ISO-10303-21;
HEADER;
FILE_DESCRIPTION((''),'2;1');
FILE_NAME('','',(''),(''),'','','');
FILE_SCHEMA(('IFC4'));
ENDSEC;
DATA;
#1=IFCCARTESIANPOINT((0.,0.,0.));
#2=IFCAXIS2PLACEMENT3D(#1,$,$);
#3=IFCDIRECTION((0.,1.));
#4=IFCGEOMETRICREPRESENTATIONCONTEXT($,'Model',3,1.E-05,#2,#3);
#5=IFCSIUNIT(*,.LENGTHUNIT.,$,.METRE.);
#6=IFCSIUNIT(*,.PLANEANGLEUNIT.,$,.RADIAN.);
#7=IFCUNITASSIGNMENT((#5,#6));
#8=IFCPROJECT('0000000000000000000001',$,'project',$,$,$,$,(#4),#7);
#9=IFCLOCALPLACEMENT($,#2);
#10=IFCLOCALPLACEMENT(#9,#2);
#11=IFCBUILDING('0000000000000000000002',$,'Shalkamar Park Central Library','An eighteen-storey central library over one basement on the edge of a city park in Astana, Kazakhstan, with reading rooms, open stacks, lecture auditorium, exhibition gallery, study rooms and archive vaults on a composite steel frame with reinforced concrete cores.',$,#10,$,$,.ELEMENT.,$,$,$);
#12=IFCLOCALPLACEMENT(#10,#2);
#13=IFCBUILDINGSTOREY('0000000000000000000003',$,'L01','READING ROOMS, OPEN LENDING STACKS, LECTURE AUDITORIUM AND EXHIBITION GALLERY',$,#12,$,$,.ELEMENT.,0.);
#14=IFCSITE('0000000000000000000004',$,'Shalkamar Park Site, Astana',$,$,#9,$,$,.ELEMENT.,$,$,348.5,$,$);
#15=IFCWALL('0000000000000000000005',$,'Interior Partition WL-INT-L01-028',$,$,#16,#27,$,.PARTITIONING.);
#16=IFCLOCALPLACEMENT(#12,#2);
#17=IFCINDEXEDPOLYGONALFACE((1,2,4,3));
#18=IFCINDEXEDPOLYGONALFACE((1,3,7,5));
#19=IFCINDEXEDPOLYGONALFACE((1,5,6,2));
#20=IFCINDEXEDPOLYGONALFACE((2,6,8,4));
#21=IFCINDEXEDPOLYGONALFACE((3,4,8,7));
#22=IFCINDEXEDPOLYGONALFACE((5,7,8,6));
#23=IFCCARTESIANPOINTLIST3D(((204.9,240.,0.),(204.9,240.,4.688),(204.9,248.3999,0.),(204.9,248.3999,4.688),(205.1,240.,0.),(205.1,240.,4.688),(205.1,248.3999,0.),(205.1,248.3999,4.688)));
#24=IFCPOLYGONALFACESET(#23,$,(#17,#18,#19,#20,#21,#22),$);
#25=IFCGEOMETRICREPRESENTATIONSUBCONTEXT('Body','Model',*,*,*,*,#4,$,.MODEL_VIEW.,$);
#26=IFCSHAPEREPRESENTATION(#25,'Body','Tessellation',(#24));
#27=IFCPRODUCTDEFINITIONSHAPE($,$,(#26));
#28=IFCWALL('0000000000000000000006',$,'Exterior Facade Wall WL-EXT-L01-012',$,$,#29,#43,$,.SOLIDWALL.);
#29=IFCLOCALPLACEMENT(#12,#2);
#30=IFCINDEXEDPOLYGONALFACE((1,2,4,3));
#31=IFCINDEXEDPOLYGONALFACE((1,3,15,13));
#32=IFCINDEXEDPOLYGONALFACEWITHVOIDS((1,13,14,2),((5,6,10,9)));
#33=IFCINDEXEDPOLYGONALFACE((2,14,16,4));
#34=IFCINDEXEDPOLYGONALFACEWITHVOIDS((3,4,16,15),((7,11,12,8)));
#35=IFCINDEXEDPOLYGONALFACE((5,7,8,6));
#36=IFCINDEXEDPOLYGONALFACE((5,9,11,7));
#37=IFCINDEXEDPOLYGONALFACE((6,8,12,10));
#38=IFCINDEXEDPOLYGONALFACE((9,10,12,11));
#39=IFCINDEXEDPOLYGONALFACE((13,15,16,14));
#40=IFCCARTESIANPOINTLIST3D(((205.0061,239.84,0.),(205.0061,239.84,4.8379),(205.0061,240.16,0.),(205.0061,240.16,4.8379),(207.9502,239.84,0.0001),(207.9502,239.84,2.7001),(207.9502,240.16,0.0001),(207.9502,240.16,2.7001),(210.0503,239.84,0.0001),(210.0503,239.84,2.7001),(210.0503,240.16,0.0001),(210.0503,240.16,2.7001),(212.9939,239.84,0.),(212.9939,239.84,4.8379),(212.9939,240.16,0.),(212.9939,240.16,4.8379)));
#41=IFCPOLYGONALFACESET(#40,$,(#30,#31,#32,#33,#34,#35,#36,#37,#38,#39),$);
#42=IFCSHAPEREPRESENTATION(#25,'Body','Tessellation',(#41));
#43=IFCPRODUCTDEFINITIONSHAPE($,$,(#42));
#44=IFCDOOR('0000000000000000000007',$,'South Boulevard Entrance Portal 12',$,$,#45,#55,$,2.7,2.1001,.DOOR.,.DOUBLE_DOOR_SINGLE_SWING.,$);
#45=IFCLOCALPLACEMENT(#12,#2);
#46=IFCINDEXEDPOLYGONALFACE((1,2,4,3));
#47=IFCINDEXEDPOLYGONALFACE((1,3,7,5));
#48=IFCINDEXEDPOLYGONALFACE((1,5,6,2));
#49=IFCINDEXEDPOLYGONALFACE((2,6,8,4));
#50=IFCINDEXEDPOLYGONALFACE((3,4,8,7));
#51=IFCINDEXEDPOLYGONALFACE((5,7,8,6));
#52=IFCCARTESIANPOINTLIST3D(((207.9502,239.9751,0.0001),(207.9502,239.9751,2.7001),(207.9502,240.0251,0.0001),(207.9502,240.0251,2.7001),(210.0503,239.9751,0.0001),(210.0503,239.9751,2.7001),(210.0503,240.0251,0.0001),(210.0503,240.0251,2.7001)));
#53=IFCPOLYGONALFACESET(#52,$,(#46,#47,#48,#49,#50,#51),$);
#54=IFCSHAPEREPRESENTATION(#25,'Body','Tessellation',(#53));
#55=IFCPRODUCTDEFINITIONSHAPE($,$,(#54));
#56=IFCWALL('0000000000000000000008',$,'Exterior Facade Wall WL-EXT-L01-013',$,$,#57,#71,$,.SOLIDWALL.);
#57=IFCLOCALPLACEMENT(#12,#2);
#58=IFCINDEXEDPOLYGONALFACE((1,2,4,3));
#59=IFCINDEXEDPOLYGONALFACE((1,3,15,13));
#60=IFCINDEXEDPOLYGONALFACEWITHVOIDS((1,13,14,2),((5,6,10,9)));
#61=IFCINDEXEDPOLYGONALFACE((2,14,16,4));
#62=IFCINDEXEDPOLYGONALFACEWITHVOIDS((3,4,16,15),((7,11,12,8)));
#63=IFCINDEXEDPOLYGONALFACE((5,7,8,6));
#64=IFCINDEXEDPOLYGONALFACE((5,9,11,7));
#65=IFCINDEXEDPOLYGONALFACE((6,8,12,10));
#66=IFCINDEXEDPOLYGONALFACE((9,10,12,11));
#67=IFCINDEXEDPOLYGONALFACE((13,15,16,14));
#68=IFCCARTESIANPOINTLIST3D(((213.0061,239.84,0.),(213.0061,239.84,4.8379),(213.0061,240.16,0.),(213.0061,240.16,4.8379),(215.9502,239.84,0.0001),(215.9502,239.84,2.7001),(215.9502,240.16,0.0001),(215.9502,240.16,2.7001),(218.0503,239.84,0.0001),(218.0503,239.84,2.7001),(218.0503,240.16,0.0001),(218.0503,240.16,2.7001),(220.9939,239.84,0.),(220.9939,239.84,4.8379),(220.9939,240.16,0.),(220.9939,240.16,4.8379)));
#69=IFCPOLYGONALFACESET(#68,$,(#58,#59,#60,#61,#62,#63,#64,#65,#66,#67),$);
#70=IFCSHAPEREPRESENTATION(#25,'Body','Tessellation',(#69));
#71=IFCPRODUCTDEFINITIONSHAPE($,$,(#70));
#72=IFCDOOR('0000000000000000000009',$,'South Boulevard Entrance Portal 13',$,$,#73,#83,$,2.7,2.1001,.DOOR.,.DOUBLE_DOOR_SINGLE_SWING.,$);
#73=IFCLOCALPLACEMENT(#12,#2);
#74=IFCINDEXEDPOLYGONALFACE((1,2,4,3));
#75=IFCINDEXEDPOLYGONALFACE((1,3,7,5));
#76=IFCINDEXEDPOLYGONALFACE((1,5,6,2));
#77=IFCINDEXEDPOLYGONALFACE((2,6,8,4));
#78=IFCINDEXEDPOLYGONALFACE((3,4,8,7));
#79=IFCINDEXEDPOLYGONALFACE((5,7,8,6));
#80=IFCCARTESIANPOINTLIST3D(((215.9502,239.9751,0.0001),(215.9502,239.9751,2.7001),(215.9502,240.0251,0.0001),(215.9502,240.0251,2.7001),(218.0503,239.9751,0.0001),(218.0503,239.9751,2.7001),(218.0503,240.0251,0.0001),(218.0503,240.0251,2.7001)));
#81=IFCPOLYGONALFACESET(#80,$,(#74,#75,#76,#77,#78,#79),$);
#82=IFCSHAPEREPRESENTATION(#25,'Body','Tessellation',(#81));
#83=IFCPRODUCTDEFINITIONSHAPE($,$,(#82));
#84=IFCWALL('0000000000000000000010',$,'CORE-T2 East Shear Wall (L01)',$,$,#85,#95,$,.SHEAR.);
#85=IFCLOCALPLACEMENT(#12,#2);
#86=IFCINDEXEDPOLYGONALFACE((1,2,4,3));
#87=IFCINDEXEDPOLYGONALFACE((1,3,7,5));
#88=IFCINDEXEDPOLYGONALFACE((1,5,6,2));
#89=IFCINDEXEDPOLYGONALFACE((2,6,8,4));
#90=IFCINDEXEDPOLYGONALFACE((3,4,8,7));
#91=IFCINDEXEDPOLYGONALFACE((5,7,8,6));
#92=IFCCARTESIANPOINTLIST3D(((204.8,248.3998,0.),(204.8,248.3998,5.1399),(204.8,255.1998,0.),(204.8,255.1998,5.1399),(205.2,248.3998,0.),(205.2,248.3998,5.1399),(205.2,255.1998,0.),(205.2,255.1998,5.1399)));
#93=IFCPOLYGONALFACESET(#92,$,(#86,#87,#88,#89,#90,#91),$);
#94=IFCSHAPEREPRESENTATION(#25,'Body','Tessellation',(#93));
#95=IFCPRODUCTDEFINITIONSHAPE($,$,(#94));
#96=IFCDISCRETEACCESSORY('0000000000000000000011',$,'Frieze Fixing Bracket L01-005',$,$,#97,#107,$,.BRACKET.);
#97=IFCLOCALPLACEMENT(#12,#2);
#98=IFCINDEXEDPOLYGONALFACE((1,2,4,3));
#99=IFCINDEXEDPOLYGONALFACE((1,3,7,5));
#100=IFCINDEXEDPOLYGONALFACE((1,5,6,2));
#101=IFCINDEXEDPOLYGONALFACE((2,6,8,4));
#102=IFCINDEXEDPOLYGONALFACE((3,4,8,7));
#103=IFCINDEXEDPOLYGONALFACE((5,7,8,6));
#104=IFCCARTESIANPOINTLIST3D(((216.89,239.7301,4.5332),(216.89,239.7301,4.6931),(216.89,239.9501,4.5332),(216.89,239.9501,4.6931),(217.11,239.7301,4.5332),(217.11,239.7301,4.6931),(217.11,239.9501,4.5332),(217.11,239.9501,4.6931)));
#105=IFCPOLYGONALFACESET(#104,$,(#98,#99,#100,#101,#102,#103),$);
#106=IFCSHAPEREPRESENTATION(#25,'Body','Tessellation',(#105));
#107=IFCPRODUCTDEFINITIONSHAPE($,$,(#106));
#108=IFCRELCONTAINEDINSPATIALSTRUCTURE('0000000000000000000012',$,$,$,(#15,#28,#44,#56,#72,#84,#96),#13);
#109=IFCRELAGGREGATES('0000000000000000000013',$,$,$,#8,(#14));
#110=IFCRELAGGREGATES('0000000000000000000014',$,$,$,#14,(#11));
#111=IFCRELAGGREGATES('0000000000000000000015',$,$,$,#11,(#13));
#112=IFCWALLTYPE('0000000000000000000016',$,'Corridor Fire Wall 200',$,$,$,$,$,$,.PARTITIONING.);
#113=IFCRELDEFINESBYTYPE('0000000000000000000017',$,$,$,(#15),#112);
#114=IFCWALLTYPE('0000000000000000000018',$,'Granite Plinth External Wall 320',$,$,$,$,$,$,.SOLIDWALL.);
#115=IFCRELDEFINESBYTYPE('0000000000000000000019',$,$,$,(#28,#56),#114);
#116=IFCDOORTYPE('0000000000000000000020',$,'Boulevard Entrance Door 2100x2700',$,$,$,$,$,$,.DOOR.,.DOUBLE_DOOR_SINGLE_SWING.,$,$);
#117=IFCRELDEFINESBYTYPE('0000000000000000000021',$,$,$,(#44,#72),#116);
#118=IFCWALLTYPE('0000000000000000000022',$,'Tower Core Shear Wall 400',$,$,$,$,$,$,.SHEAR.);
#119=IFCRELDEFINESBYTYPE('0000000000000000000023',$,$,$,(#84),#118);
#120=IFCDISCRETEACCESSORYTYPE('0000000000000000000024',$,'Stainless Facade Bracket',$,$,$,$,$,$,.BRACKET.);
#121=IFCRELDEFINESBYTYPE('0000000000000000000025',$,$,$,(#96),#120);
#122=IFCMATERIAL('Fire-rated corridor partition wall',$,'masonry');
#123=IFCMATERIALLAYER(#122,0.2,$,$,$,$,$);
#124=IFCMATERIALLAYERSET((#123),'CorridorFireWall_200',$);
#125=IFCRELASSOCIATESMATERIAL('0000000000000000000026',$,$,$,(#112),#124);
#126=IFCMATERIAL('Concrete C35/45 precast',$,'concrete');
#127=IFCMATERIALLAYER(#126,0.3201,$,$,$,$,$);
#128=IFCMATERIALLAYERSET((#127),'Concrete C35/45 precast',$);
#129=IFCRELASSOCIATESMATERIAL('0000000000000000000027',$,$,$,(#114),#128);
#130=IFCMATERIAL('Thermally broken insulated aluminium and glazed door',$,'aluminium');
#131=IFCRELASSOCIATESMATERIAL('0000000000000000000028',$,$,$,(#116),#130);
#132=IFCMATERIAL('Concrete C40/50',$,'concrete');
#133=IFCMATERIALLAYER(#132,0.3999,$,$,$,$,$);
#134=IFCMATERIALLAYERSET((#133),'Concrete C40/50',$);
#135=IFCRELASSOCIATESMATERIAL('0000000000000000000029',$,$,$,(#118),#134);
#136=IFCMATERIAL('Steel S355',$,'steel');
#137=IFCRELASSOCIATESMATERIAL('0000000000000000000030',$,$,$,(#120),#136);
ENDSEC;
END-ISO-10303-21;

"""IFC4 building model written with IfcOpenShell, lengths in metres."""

from ifc_helpers import new_model, si_unit, direction, frame, frame_2d, origin, origin_2d, place, context, subcontext, project, spatial, rectangle, extrude, material, layer, layer_set, type_object, element, fill, save


model = new_model("IFC4")

# Units and contexts
model_context = context("Model", 3, precision=1e-05, world=origin(), true_north=direction((0.0, 1.0)))
body_context = subcontext(model_context, "Body", "Model", "MODEL_VIEW")
ifc_project = project(units=[si_unit("LENGTHUNIT", "METRE"), si_unit("PLANEANGLEUNIT", "RADIAN")], contexts=[model_context])

# Site, building, storey
site_placement = place(None, origin())
site = spatial("IfcSite", under=ifc_project, at=site_placement, Name="Shalkamar Park Site, Astana", CompositionType="ELEMENT", RefElevation=348.5)
building_placement = place(site_placement, origin())
building = spatial("IfcBuilding", under=site, at=building_placement, Name="Shalkamar Park Central Library", Description="An eighteen-storey central library over one basement on the edge of a city park in Astana, Kazakhstan, with reading rooms, open stacks, lecture auditorium, exhibition gallery, study rooms and archive vaults on a composite steel frame with reinforced concrete cores.", CompositionType="ELEMENT")
storey_placement = place(building_placement, origin())
storey = spatial("IfcBuildingStorey", under=building, at=storey_placement, Name="L01", Description="READING ROOMS, OPEN LENDING STACKS, LECTURE AUDITORIUM AND EXHIBITION GALLERY", CompositionType="ELEMENT", Elevation=0.0)

# Shared definitions
ifc_material_1 = material(Name="Steel S355", Category="steel")

# Wall
ifc_material_2 = material(Name="Fire-rated corridor partition wall", Category="masonry")
ifc_layer_1 = layer(ifc_material_2, 0.2)
ifc_layer_set_1 = layer_set([ifc_layer_1], Name="CorridorFireWall_200")
wall_type_1 = type_object("IfcWallType", Name="Corridor Fire Wall 200", PredefinedType="PARTITIONING", material=ifc_layer_set_1)
wall_1_placement = place(storey_placement, frame((205.0, 240.0, 0.0), z_axis=(0.0, 0.0, 1.0), x_axis=(0.0, 1.0, 0.0)))
element("IfcWall", 1, at=wall_1_placement, inside=storey, type_object=wall_type_1, Name="Interior Partition WL-INT-L01-028", PredefinedType="PARTITIONING", context=body_context, shape_type="SweptSolid", body=[
    extrude(rectangle(XDim=8.3999, YDim=0.2, at=frame_2d((4.2, 0.0))), origin(), (0.0, 0.0, 1.0), 4.688),
])

# Walls, openings, doors
ifc_material_3 = material(Name="Concrete C35/45 precast", Category="concrete")
ifc_layer_2 = layer(ifc_material_3, 0.3201)
ifc_layer_set_2 = layer_set([ifc_layer_2], Name="Concrete C35/45 precast")
wall_type_2 = type_object("IfcWallType", Name="Granite Plinth External Wall 320", PredefinedType="SOLIDWALL", material=ifc_layer_set_2)
wall_2_placement = place(storey_placement, frame((205.0061, 240.0, 0.0), z_axis=(0.0, 0.0, 1.0), x_axis=(1.0, 0.0, 0.0)))
wall_2 = element("IfcWall", 2, at=wall_2_placement, inside=storey, type_object=wall_type_2, Name="Exterior Facade Wall WL-EXT-L01-012", PredefinedType="SOLIDWALL", context=body_context, shape_type="SweptSolid", body=[
    extrude(rectangle(XDim=7.9878, YDim=0.3201, at=frame_2d((3.9939, 0.0))), origin(), (0.0, 0.0, 1.0), 4.8379),
])
opening_1_placement = place(wall_2_placement, frame((2.9441, 0.0, 0.0)))
opening_1 = element("IfcOpeningElement", 3, at=opening_1_placement, cuts=wall_2, PredefinedType="OPENING", context=body_context, shape_type="SweptSolid", body=[
    extrude(rectangle(XDim=2.1001, YDim=2.7, at=frame_2d((1.05, 1.3501))), frame((0.0, 0.1748, 0.0), z_axis=(0.0, -1.0, 0.0), x_axis=(1.0, 0.0, 0.0)), (0.0, 0.0, 1.0), 0.3499),
])
ifc_material_4 = material(Name="Thermally broken insulated aluminium and glazed door", Category="aluminium")
door_type = type_object("IfcDoorType", Name="Boulevard Entrance Door 2100x2700", OperationType="DOUBLE_DOOR_SINGLE_SWING", PredefinedType="DOOR", material=ifc_material_4)
door_1_placement = place(opening_1_placement, frame((2.1001, 0.0, 0.0), z_axis=(0.0, 0.0, 1.0), x_axis=(-1.0, 0.0, 0.0)))
door_1 = element("IfcDoor", 4, at=door_1_placement, inside=storey, type_object=door_type, Name="South Boulevard Entrance Portal 12", OperationType="DOUBLE_DOOR_SINGLE_SWING", OverallHeight=2.7, OverallWidth=2.1001, PredefinedType="DOOR", context=body_context, shape_type="SweptSolid", body=[
    extrude(rectangle(XDim=2.1001, YDim=2.7, at=frame_2d((1.05, 1.3501))), frame((0.0, 0.0249, 0.0), z_axis=(0.0, -1.0, 0.0), x_axis=(1.0, 0.0, 0.0)), (0.0, 0.0, 1.0), 0.05),
])
fill(opening_1, door_1)
wall_3_placement = place(storey_placement, frame((213.0061, 240.0, 0.0), z_axis=(0.0, 0.0, 1.0), x_axis=(1.0, 0.0, 0.0)))
wall_3 = element("IfcWall", 5, at=wall_3_placement, inside=storey, type_object=wall_type_2, Name="Exterior Facade Wall WL-EXT-L01-013", PredefinedType="SOLIDWALL", context=body_context, shape_type="SweptSolid", body=[
    extrude(rectangle(XDim=7.9878, YDim=0.3201, at=frame_2d((3.9939, 0.0))), origin(), (0.0, 0.0, 1.0), 4.8379),
])
opening_2_placement = place(wall_3_placement, frame((2.9441, 0.0, 0.0)))
opening_2 = element("IfcOpeningElement", 6, at=opening_2_placement, cuts=wall_3, PredefinedType="OPENING", context=body_context, shape_type="SweptSolid", body=[
    extrude(rectangle(XDim=2.1001, YDim=2.7, at=frame_2d((1.05, 1.3501))), frame((0.0, 0.1748, 0.0), z_axis=(0.0, -1.0, 0.0), x_axis=(1.0, 0.0, 0.0)), (0.0, 0.0, 1.0), 0.3499),
])
door_2_placement = place(opening_2_placement, frame((2.1001, 0.0, 0.0), z_axis=(0.0, 0.0, 1.0), x_axis=(-1.0, 0.0, 0.0)))
door_2 = element("IfcDoor", 7, at=door_2_placement, inside=storey, type_object=door_type, Name="South Boulevard Entrance Portal 13", OperationType="DOUBLE_DOOR_SINGLE_SWING", OverallHeight=2.7, OverallWidth=2.1001, PredefinedType="DOOR", context=body_context, shape_type="SweptSolid", body=[
    extrude(rectangle(XDim=2.1001, YDim=2.7, at=frame_2d((1.05, 1.3501))), frame((0.0, 0.0249, 0.0), z_axis=(0.0, -1.0, 0.0), x_axis=(1.0, 0.0, 0.0)), (0.0, 0.0, 1.0), 0.05),
])
fill(opening_2, door_2)

# Wall
ifc_material_5 = material(Name="Concrete C40/50", Category="concrete")
ifc_layer_3 = layer(ifc_material_5, 0.3999)
ifc_layer_set_3 = layer_set([ifc_layer_3], Name="Concrete C40/50")
wall_type_3 = type_object("IfcWallType", Name="Tower Core Shear Wall 400", PredefinedType="SHEAR", material=ifc_layer_set_3)
wall_4_placement = place(storey_placement, frame((205.0, 248.3999, 0.0), z_axis=(0.0, 0.0, 1.0), x_axis=(0.0, 1.0, 0.0)))
element("IfcWall", 8, at=wall_4_placement, inside=storey, type_object=wall_type_3, Name="CORE-T2 East Shear Wall (L01)", PredefinedType="SHEAR", context=body_context, shape_type="SweptSolid", body=[
    extrude(rectangle(XDim=6.8, YDim=0.3999, at=frame_2d((3.3999, 0.0))), origin(), (0.0, 0.0, 1.0), 5.1399),
])

# Discrete accessory
discrete_accessory_type = type_object("IfcDiscreteAccessoryType", Name="Stainless Facade Bracket", PredefinedType="BRACKET", material=ifc_material_1)
discrete_accessory_placement = place(storey_placement, frame((217.0, 239.8401, 4.5332), z_axis=(0.0, 0.0, 1.0), x_axis=(1.0, 0.0, 0.0)))
element("IfcDiscreteAccessory", 9, at=discrete_accessory_placement, inside=storey, type_object=discrete_accessory_type, Name="Frieze Fixing Bracket L01-005", PredefinedType="BRACKET", context=body_context, shape_type="SweptSolid", body=[
    extrude(rectangle(XDim=0.22, YDim=0.22, at=origin_2d()), origin(), (0.0, 0.0, 1.0), 0.1599),
])

save(model, "model.ifc")
